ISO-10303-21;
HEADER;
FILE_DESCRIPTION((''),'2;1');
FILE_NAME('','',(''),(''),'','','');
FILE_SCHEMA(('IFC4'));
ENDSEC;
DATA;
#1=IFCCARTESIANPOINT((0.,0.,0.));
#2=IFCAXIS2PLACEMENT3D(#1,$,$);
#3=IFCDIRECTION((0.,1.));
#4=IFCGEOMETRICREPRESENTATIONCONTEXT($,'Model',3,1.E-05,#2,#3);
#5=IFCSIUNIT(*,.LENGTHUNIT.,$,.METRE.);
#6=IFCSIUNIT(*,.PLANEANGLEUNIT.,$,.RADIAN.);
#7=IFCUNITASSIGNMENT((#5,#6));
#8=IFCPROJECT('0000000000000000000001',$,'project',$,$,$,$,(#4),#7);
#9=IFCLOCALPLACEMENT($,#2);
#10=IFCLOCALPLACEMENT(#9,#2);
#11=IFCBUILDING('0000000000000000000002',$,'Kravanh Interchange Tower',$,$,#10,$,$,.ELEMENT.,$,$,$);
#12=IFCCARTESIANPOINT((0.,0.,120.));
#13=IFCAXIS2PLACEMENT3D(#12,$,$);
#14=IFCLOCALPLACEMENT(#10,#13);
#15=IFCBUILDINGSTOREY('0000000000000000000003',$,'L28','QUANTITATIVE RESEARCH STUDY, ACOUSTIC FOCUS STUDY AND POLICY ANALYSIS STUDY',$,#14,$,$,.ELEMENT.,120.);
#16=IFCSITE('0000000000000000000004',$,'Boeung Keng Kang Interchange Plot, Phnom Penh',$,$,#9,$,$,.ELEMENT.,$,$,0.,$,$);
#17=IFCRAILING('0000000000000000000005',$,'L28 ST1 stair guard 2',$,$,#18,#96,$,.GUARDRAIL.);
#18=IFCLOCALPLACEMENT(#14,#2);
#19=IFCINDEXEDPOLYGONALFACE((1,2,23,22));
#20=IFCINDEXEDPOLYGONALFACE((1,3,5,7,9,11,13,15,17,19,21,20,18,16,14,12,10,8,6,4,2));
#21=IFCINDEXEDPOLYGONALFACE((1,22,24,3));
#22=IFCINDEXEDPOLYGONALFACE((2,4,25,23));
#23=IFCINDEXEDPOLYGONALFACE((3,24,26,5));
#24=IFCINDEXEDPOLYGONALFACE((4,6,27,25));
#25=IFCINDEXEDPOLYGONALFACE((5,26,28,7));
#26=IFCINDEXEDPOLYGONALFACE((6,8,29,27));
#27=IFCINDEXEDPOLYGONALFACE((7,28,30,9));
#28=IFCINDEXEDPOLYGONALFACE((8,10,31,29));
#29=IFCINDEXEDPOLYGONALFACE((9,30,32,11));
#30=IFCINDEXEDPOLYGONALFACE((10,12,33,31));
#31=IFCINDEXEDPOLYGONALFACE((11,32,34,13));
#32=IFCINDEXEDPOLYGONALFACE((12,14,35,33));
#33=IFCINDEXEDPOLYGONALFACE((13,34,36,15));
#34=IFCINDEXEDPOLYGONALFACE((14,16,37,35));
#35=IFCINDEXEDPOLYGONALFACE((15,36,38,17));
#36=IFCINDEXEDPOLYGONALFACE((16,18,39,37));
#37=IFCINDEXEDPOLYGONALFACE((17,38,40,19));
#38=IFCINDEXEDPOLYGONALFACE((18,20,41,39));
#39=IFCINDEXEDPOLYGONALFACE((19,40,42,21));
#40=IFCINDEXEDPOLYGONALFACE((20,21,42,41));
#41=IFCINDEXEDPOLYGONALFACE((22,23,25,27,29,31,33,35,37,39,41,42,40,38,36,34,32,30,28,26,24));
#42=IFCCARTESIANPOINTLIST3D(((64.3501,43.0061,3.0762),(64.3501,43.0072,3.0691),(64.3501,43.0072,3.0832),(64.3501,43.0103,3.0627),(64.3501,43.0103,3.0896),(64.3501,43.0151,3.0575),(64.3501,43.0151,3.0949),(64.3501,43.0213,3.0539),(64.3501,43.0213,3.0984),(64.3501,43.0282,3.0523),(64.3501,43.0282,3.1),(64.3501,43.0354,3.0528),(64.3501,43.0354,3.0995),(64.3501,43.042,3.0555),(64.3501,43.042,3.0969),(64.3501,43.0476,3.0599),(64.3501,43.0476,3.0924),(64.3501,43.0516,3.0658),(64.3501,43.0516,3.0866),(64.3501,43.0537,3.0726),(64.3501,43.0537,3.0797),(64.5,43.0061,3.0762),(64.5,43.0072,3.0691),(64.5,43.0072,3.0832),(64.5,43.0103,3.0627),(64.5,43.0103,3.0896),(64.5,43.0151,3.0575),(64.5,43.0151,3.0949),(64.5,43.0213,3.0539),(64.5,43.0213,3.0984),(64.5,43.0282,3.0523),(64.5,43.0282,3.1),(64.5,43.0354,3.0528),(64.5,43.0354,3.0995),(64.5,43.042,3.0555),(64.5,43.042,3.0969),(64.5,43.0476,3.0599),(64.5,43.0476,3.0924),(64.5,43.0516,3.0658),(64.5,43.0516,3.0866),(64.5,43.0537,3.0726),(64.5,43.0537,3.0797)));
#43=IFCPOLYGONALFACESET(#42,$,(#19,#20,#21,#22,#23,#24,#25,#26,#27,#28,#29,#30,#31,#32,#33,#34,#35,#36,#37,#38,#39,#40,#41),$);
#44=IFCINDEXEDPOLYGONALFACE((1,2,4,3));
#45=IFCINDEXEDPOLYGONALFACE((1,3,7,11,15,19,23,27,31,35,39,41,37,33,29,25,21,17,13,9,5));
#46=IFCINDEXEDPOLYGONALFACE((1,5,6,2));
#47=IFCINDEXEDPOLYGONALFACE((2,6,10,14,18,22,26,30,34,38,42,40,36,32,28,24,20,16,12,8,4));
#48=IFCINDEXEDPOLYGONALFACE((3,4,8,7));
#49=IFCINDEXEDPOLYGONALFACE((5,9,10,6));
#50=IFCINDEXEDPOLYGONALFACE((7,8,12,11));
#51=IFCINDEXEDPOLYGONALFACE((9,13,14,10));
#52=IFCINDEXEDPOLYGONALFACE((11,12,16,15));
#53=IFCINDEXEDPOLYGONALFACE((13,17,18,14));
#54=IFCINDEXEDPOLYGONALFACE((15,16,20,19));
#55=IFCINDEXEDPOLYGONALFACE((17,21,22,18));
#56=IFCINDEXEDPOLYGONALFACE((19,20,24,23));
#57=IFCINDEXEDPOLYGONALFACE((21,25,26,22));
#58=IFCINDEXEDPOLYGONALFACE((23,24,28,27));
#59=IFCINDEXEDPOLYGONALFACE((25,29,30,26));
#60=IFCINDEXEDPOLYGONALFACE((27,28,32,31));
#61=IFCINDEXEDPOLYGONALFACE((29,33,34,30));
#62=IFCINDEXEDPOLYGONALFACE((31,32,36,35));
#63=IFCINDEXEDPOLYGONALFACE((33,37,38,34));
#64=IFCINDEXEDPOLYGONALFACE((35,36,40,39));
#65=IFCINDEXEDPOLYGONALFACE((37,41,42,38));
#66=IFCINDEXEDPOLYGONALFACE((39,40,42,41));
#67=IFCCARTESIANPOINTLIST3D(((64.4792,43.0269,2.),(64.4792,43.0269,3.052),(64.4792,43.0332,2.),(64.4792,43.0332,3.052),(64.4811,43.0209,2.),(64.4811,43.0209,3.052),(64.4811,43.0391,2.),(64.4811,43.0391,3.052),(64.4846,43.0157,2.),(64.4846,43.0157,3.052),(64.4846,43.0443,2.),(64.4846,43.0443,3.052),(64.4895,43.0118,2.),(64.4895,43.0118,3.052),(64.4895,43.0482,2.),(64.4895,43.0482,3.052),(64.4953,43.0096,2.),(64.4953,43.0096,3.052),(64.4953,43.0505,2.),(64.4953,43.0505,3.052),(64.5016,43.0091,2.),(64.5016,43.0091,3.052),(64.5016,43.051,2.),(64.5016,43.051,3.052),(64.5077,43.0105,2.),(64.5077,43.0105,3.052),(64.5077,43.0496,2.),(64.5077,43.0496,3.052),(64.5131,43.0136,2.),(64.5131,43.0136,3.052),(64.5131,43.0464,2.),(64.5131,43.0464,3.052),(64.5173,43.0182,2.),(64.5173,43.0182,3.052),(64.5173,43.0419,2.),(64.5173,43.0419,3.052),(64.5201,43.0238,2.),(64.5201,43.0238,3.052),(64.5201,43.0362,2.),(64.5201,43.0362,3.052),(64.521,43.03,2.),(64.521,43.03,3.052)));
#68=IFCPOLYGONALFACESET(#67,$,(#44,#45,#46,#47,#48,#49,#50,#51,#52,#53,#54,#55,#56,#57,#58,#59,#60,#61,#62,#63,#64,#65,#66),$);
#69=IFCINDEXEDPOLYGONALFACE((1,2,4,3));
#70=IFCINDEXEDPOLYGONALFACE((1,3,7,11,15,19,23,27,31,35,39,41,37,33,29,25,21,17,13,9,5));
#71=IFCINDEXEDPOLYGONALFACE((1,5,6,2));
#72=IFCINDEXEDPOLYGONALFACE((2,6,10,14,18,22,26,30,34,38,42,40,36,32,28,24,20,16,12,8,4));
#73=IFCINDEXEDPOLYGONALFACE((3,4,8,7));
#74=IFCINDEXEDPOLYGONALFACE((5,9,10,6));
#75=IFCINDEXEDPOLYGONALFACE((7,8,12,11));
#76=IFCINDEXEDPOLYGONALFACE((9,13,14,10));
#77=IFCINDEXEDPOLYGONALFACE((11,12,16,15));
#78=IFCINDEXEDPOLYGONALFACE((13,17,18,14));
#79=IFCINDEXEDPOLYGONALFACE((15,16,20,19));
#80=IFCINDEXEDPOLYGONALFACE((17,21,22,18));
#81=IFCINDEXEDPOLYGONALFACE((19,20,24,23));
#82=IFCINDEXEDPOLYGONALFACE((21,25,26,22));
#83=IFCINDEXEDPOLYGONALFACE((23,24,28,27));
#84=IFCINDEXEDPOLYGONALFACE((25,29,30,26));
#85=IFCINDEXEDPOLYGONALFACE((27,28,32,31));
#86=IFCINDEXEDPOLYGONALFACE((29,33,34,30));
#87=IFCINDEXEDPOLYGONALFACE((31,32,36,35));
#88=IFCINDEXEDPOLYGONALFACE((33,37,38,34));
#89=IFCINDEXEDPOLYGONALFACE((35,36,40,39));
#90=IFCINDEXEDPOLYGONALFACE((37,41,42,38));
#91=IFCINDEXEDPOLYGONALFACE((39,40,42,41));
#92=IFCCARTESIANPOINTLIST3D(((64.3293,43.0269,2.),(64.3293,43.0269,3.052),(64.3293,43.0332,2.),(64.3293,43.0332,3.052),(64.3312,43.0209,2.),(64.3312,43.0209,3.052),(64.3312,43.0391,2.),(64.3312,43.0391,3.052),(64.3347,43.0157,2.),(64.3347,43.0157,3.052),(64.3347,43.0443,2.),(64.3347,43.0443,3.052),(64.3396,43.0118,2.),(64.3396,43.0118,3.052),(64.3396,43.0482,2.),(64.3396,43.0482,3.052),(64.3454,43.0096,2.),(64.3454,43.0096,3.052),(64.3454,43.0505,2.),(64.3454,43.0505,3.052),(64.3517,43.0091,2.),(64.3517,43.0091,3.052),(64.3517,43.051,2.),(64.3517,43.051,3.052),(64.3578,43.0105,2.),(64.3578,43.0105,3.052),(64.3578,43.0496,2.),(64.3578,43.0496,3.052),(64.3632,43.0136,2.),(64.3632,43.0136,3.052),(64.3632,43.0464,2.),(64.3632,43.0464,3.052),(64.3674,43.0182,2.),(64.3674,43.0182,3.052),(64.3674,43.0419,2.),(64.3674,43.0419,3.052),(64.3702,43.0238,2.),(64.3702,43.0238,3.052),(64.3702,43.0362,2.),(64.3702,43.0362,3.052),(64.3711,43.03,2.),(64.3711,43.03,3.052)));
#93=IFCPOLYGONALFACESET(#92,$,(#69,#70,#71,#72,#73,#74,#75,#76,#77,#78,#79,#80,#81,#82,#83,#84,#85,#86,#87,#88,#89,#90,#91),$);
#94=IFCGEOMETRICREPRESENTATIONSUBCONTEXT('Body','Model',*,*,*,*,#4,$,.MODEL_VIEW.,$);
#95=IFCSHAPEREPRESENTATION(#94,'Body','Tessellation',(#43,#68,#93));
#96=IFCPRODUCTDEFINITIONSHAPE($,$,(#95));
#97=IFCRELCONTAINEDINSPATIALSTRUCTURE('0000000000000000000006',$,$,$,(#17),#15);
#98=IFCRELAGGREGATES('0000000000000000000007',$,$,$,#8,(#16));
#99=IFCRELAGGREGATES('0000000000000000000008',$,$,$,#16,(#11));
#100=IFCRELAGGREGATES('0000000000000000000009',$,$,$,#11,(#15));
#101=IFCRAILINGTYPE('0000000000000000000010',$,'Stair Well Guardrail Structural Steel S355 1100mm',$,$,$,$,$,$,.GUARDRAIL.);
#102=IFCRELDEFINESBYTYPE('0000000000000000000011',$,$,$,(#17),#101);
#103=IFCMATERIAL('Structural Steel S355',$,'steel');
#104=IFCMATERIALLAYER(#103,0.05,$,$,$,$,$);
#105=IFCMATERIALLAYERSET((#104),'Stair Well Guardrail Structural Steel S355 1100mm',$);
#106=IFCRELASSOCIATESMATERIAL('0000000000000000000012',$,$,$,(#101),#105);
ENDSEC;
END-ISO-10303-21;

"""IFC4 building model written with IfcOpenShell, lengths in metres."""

from ifc_helpers import new_model, si_unit, direction, frame, origin, origin_2d, place, context, subcontext, project, spatial, circle, extrude, material, layer, layer_set, type_object, element, save


model = new_model("IFC4")

# Units and contexts
model_context = context("Model", 3, precision=1e-05, world=origin(), true_north=direction((0.0, 1.0)))
body_context = subcontext(model_context, "Body", "Model", "MODEL_VIEW")
ifc_project = project(units=[si_unit("LENGTHUNIT", "METRE"), si_unit("PLANEANGLEUNIT", "RADIAN")], contexts=[model_context])

# Site, building, storey
site_placement = place(None, origin())
site = spatial("IfcSite", under=ifc_project, at=site_placement, Name="Boeung Keng Kang Interchange Plot, Phnom Penh", CompositionType="ELEMENT", RefElevation=0.0)
building_placement = place(site_placement, origin())
building = spatial("IfcBuilding", under=site, at=building_placement, Name="Kravanh Interchange Tower", CompositionType="ELEMENT")
storey_placement = place(building_placement, frame((0.0, 0.0, 120.0)))
storey = spatial("IfcBuildingStorey", under=building, at=storey_placement, Name="L28", Description="QUANTITATIVE RESEARCH STUDY, ACOUSTIC FOCUS STUDY AND POLICY ANALYSIS STUDY", CompositionType="ELEMENT", Elevation=120.0)

# Railing
ifc_material_1 = material(Name="Structural Steel S355", Category="steel")
ifc_layer_1 = layer(ifc_material_1, 0.05)
ifc_layer_set_1 = layer_set([ifc_layer_1], Name="Stair Well Guardrail Structural Steel S355 1100mm")
railing_type_1 = type_object("IfcRailingType", Name="Stair Well Guardrail Structural Steel S355 1100mm", PredefinedType="GUARDRAIL", material=ifc_layer_set_1)
railing_1_placement = place(storey_placement, frame((64.5, 43.03, 2.0)))
element("IfcRailing", 1, at=railing_1_placement, inside=storey, type_object=railing_type_1, Name="L28 ST1 stair guard 2", PredefinedType="GUARDRAIL", context=body_context, shape_type="SweptSolid", body=[
    extrude(circle(Radius=0.0239, at=origin_2d()), frame((0.0, 0.0, 1.0762), z_axis=(-1.0, 0.0, 0.0), x_axis=(0.0, -1.0, 0.0)), (0.0, 0.0, 1.0), 0.1499),
    extrude(circle(Radius=0.021, at=origin_2d()), origin(), (0.0, 0.0, 1.0), 1.052),
    extrude(circle(Radius=0.021, at=origin_2d()), frame((-0.1499, 0.0, 0.0)), (0.0, 0.0, 1.0), 1.052),
])

save(model, "model.ifc")
